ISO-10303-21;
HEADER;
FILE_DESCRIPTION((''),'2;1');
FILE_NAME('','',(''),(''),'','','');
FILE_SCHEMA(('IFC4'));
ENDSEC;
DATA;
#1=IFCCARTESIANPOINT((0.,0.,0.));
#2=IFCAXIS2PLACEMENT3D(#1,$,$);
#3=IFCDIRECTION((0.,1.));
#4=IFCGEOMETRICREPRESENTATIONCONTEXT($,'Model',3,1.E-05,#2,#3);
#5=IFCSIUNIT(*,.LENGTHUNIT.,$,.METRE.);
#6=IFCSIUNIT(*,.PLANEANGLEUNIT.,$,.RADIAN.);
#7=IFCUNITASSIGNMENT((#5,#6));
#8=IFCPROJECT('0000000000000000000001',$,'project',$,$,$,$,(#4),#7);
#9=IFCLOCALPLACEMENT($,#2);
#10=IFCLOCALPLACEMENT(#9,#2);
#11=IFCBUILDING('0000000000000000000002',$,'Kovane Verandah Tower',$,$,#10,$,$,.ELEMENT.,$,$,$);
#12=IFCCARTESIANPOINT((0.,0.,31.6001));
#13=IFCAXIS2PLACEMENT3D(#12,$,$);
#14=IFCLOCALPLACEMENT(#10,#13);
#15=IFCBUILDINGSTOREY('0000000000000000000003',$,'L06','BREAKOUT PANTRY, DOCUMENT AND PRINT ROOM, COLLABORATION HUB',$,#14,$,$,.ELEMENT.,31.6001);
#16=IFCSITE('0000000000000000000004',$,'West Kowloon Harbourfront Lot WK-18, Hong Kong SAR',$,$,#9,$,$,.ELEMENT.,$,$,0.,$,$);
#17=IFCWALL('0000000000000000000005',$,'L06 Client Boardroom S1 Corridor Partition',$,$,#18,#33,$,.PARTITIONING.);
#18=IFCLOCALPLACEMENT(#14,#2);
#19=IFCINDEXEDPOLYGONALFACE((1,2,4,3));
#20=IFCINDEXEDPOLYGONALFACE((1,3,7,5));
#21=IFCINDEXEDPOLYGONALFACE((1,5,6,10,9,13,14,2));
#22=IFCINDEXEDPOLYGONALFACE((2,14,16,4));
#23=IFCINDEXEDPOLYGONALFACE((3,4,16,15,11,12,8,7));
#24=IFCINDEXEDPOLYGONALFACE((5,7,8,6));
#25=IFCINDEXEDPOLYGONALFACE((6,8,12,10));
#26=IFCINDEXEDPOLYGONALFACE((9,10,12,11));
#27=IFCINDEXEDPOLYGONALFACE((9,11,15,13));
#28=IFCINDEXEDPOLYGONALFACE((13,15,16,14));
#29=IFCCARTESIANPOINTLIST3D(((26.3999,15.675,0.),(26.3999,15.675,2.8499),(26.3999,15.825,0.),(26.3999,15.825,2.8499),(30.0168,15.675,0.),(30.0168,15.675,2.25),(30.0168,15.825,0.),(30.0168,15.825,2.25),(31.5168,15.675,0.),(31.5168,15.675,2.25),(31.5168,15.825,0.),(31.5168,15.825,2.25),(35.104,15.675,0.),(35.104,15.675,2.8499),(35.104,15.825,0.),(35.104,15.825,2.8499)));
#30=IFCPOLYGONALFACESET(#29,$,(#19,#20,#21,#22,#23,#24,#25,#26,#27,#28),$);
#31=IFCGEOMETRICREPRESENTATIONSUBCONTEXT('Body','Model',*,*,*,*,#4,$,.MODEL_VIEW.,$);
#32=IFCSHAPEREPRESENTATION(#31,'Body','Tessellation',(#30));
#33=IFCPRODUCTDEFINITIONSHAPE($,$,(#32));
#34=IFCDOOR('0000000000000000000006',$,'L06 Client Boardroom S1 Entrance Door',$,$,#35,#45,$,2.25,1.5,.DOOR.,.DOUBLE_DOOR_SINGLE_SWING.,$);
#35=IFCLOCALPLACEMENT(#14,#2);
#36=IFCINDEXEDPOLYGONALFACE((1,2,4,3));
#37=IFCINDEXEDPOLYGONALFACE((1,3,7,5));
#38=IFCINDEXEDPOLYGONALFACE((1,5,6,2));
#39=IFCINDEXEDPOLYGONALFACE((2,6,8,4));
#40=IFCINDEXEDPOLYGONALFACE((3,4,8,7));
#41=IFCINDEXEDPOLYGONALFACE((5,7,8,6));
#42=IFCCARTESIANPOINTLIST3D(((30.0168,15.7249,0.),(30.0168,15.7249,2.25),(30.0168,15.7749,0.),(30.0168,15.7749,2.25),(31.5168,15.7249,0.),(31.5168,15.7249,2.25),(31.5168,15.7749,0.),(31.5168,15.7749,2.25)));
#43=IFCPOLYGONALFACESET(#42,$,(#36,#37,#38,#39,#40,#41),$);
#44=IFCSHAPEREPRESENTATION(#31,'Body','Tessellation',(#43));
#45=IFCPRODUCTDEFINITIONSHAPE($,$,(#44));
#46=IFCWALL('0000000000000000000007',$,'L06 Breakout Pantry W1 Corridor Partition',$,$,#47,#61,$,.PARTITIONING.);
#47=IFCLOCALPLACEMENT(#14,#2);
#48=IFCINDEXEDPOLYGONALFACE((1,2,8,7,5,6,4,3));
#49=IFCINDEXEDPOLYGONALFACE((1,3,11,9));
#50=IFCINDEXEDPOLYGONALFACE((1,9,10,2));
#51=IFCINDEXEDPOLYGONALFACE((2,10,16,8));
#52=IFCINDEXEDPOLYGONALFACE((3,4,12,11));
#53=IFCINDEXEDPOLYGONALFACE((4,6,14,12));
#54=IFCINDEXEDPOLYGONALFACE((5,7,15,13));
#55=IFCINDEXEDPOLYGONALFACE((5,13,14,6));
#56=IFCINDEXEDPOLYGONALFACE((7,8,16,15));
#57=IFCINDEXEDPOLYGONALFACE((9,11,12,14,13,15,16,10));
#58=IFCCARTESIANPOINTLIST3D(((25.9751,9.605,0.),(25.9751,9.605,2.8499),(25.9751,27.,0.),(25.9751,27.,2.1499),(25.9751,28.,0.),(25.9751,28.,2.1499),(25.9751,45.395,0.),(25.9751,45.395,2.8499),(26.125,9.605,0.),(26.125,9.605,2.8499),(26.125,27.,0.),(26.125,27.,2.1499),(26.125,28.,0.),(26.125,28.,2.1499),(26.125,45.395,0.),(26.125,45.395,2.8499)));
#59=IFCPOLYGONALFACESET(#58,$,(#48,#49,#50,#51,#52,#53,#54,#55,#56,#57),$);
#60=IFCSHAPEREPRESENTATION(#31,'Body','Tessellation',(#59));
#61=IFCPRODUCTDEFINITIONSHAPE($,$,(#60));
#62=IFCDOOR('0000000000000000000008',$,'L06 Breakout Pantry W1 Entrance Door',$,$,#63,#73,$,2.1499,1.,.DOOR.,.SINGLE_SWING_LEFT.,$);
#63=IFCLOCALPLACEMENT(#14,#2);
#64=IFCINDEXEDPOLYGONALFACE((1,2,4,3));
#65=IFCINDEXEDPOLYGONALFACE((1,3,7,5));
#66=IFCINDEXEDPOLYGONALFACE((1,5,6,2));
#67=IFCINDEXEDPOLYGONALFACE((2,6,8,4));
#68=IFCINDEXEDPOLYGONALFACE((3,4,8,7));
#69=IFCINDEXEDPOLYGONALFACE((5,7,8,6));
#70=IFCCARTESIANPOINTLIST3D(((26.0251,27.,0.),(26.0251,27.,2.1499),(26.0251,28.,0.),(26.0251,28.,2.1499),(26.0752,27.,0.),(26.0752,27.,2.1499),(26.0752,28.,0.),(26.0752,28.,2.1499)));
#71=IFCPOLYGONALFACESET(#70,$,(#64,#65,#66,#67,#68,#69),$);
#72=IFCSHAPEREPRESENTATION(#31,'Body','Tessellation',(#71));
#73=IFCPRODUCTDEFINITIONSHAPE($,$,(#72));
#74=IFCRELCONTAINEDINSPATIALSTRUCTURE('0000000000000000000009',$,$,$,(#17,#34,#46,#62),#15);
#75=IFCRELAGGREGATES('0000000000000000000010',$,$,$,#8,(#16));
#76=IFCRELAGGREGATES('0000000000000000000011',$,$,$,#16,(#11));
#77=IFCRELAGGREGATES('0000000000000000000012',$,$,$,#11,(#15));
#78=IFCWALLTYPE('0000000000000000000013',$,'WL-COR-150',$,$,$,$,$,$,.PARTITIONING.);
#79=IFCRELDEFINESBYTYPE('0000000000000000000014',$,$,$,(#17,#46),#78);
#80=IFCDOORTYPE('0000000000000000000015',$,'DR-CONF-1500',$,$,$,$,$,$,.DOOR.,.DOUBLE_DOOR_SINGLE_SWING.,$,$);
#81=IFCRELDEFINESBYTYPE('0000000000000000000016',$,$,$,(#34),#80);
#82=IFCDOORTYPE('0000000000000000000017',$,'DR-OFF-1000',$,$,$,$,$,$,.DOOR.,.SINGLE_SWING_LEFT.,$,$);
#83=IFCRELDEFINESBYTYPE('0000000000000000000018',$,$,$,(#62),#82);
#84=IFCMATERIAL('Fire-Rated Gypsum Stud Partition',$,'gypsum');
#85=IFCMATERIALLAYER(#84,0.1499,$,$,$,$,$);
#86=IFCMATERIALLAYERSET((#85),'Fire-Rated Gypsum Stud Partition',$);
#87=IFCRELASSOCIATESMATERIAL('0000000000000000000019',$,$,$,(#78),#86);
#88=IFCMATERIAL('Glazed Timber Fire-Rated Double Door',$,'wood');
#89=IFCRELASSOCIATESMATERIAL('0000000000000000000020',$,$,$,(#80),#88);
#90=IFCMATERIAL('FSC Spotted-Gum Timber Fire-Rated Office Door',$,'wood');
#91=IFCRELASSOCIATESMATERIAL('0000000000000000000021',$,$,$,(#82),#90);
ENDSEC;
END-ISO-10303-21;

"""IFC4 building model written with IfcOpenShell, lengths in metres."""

from ifc_helpers import new_model, si_unit, direction, frame, frame_2d, origin, place, context, subcontext, project, spatial, rectangle, extrude, material, layer, layer_set, type_object, element, fill, save


model = new_model("IFC4")

# Units and contexts
model_context = context("Model", 3, precision=1e-05, world=origin(), true_north=direction((0.0, 1.0)))
body_context = subcontext(model_context, "Body", "Model", "MODEL_VIEW")
ifc_project = project(units=[si_unit("LENGTHUNIT", "METRE"), si_unit("PLANEANGLEUNIT", "RADIAN")], contexts=[model_context])

# Site, building, storey
site_placement = place(None, origin())
site = spatial("IfcSite", under=ifc_project, at=site_placement, Name="West Kowloon Harbourfront Lot WK-18, Hong Kong SAR", CompositionType="ELEMENT", RefElevation=0.0)
building_placement = place(site_placement, origin())
building = spatial("IfcBuilding", under=site, at=building_placement, Name="Kovane Verandah Tower", CompositionType="ELEMENT")
storey_placement = place(building_placement, frame((0.0, 0.0, 31.6001)))
storey = spatial("IfcBuildingStorey", under=building, at=storey_placement, Name="L06", Description="BREAKOUT PANTRY, DOCUMENT AND PRINT ROOM, COLLABORATION HUB", CompositionType="ELEMENT", Elevation=31.6001)

# Walls, openings, doors
ifc_material_1 = material(Name="Fire-Rated Gypsum Stud Partition", Category="gypsum")
ifc_layer_1 = layer(ifc_material_1, 0.1499)
ifc_layer_set_1 = layer_set([ifc_layer_1], Name="Fire-Rated Gypsum Stud Partition")
wall_type = type_object("IfcWallType", Name="WL-COR-150", PredefinedType="PARTITIONING", material=ifc_layer_set_1)
wall_1_placement = place(storey_placement, frame((26.3999, 15.75, 0.0), z_axis=(0.0, 0.0, 1.0), x_axis=(1.0, 0.0, 0.0)))
wall_1 = element("IfcWall", 1, at=wall_1_placement, inside=storey, type_object=wall_type, Name="L06 Client Boardroom S1 Corridor Partition", PredefinedType="PARTITIONING", context=body_context, shape_type="SweptSolid", body=[
    extrude(rectangle(XDim=8.7041, YDim=0.1499, at=frame_2d((4.3521, 0.0))), origin(), (0.0, 0.0, 1.0), 2.8499),
])
opening_1_placement = place(wall_1_placement, frame((3.6169, 0.0, 0.0)))
opening_1 = element("IfcOpeningElement", 2, at=opening_1_placement, cuts=wall_1, PredefinedType="OPENING", context=body_context, shape_type="SweptSolid", body=[
    extrude(rectangle(XDim=1.5, YDim=2.25, at=frame_2d((0.75, 1.125))), frame((0.0, 0.075, 0.0), z_axis=(0.0, -1.0, 0.0), x_axis=(1.0, 0.0, 0.0)), (0.0, 0.0, 1.0), 0.1499),
])
ifc_material_2 = material(Name="Glazed Timber Fire-Rated Double Door", Category="wood")
door_type_1 = type_object("IfcDoorType", Name="DR-CONF-1500", OperationType="DOUBLE_DOOR_SINGLE_SWING", PredefinedType="DOOR", material=ifc_material_2)
door_1_placement = place(opening_1_placement, origin())
door_1 = element("IfcDoor", 3, at=door_1_placement, inside=storey, type_object=door_type_1, Name="L06 Client Boardroom S1 Entrance Door", OperationType="DOUBLE_DOOR_SINGLE_SWING", OverallHeight=2.25, OverallWidth=1.5, PredefinedType="DOOR", context=body_context, shape_type="SweptSolid", body=[
    extrude(rectangle(XDim=1.5, YDim=2.25, at=frame_2d((0.75, 1.125))), frame((0.0, 0.0249, 0.0), z_axis=(0.0, -1.0, 0.0), x_axis=(1.0, 0.0, 0.0)), (0.0, 0.0, 1.0), 0.05),
])
fill(opening_1, door_1)
wall_2_placement = place(storey_placement, frame((26.05, 9.605, 0.0), z_axis=(0.0, 0.0, 1.0), x_axis=(0.0, 1.0, 0.0)))
wall_2 = element("IfcWall", 4, at=wall_2_placement, inside=storey, type_object=wall_type, Name="L06 Breakout Pantry W1 Corridor Partition", PredefinedType="PARTITIONING", context=body_context, shape_type="SweptSolid", body=[
    extrude(rectangle(XDim=35.79, YDim=0.1499, at=frame_2d((17.895, 0.0))), origin(), (0.0, 0.0, 1.0), 2.8499),
])
opening_2_placement = place(wall_2_placement, frame((17.395, 0.0, 0.0)))
opening_2 = element("IfcOpeningElement", 5, at=opening_2_placement, cuts=wall_2, PredefinedType="OPENING", context=body_context, shape_type="SweptSolid", body=[
    extrude(rectangle(XDim=1.0, YDim=2.1499, at=frame_2d((0.5, 1.075))), frame((0.0, 0.075, 0.0), z_axis=(0.0, -1.0, 0.0), x_axis=(1.0, 0.0, 0.0)), (0.0, 0.0, 1.0), 0.1499),
])
ifc_material_3 = material(Name="FSC Spotted-Gum Timber Fire-Rated Office Door", Category="wood")
door_type_2 = type_object("IfcDoorType", Name="DR-OFF-1000", OperationType="SINGLE_SWING_LEFT", PredefinedType="DOOR", material=ifc_material_3)
door_2_placement = place(opening_2_placement, origin())
door_2 = element("IfcDoor", 6, at=door_2_placement, inside=storey, type_object=door_type_2, Name="L06 Breakout Pantry W1 Entrance Door", OperationType="SINGLE_SWING_LEFT", OverallHeight=2.1499, OverallWidth=1.0, PredefinedType="DOOR", context=body_context, shape_type="SweptSolid", body=[
    extrude(rectangle(XDim=1.0, YDim=2.1499, at=frame_2d((0.5, 1.075))), frame((0.0, 0.0249, 0.0), z_axis=(0.0, -1.0, 0.0), x_axis=(1.0, 0.0, 0.0)), (0.0, 0.0, 1.0), 0.05),
])
fill(opening_2, door_2)

save(model, "model.ifc")
